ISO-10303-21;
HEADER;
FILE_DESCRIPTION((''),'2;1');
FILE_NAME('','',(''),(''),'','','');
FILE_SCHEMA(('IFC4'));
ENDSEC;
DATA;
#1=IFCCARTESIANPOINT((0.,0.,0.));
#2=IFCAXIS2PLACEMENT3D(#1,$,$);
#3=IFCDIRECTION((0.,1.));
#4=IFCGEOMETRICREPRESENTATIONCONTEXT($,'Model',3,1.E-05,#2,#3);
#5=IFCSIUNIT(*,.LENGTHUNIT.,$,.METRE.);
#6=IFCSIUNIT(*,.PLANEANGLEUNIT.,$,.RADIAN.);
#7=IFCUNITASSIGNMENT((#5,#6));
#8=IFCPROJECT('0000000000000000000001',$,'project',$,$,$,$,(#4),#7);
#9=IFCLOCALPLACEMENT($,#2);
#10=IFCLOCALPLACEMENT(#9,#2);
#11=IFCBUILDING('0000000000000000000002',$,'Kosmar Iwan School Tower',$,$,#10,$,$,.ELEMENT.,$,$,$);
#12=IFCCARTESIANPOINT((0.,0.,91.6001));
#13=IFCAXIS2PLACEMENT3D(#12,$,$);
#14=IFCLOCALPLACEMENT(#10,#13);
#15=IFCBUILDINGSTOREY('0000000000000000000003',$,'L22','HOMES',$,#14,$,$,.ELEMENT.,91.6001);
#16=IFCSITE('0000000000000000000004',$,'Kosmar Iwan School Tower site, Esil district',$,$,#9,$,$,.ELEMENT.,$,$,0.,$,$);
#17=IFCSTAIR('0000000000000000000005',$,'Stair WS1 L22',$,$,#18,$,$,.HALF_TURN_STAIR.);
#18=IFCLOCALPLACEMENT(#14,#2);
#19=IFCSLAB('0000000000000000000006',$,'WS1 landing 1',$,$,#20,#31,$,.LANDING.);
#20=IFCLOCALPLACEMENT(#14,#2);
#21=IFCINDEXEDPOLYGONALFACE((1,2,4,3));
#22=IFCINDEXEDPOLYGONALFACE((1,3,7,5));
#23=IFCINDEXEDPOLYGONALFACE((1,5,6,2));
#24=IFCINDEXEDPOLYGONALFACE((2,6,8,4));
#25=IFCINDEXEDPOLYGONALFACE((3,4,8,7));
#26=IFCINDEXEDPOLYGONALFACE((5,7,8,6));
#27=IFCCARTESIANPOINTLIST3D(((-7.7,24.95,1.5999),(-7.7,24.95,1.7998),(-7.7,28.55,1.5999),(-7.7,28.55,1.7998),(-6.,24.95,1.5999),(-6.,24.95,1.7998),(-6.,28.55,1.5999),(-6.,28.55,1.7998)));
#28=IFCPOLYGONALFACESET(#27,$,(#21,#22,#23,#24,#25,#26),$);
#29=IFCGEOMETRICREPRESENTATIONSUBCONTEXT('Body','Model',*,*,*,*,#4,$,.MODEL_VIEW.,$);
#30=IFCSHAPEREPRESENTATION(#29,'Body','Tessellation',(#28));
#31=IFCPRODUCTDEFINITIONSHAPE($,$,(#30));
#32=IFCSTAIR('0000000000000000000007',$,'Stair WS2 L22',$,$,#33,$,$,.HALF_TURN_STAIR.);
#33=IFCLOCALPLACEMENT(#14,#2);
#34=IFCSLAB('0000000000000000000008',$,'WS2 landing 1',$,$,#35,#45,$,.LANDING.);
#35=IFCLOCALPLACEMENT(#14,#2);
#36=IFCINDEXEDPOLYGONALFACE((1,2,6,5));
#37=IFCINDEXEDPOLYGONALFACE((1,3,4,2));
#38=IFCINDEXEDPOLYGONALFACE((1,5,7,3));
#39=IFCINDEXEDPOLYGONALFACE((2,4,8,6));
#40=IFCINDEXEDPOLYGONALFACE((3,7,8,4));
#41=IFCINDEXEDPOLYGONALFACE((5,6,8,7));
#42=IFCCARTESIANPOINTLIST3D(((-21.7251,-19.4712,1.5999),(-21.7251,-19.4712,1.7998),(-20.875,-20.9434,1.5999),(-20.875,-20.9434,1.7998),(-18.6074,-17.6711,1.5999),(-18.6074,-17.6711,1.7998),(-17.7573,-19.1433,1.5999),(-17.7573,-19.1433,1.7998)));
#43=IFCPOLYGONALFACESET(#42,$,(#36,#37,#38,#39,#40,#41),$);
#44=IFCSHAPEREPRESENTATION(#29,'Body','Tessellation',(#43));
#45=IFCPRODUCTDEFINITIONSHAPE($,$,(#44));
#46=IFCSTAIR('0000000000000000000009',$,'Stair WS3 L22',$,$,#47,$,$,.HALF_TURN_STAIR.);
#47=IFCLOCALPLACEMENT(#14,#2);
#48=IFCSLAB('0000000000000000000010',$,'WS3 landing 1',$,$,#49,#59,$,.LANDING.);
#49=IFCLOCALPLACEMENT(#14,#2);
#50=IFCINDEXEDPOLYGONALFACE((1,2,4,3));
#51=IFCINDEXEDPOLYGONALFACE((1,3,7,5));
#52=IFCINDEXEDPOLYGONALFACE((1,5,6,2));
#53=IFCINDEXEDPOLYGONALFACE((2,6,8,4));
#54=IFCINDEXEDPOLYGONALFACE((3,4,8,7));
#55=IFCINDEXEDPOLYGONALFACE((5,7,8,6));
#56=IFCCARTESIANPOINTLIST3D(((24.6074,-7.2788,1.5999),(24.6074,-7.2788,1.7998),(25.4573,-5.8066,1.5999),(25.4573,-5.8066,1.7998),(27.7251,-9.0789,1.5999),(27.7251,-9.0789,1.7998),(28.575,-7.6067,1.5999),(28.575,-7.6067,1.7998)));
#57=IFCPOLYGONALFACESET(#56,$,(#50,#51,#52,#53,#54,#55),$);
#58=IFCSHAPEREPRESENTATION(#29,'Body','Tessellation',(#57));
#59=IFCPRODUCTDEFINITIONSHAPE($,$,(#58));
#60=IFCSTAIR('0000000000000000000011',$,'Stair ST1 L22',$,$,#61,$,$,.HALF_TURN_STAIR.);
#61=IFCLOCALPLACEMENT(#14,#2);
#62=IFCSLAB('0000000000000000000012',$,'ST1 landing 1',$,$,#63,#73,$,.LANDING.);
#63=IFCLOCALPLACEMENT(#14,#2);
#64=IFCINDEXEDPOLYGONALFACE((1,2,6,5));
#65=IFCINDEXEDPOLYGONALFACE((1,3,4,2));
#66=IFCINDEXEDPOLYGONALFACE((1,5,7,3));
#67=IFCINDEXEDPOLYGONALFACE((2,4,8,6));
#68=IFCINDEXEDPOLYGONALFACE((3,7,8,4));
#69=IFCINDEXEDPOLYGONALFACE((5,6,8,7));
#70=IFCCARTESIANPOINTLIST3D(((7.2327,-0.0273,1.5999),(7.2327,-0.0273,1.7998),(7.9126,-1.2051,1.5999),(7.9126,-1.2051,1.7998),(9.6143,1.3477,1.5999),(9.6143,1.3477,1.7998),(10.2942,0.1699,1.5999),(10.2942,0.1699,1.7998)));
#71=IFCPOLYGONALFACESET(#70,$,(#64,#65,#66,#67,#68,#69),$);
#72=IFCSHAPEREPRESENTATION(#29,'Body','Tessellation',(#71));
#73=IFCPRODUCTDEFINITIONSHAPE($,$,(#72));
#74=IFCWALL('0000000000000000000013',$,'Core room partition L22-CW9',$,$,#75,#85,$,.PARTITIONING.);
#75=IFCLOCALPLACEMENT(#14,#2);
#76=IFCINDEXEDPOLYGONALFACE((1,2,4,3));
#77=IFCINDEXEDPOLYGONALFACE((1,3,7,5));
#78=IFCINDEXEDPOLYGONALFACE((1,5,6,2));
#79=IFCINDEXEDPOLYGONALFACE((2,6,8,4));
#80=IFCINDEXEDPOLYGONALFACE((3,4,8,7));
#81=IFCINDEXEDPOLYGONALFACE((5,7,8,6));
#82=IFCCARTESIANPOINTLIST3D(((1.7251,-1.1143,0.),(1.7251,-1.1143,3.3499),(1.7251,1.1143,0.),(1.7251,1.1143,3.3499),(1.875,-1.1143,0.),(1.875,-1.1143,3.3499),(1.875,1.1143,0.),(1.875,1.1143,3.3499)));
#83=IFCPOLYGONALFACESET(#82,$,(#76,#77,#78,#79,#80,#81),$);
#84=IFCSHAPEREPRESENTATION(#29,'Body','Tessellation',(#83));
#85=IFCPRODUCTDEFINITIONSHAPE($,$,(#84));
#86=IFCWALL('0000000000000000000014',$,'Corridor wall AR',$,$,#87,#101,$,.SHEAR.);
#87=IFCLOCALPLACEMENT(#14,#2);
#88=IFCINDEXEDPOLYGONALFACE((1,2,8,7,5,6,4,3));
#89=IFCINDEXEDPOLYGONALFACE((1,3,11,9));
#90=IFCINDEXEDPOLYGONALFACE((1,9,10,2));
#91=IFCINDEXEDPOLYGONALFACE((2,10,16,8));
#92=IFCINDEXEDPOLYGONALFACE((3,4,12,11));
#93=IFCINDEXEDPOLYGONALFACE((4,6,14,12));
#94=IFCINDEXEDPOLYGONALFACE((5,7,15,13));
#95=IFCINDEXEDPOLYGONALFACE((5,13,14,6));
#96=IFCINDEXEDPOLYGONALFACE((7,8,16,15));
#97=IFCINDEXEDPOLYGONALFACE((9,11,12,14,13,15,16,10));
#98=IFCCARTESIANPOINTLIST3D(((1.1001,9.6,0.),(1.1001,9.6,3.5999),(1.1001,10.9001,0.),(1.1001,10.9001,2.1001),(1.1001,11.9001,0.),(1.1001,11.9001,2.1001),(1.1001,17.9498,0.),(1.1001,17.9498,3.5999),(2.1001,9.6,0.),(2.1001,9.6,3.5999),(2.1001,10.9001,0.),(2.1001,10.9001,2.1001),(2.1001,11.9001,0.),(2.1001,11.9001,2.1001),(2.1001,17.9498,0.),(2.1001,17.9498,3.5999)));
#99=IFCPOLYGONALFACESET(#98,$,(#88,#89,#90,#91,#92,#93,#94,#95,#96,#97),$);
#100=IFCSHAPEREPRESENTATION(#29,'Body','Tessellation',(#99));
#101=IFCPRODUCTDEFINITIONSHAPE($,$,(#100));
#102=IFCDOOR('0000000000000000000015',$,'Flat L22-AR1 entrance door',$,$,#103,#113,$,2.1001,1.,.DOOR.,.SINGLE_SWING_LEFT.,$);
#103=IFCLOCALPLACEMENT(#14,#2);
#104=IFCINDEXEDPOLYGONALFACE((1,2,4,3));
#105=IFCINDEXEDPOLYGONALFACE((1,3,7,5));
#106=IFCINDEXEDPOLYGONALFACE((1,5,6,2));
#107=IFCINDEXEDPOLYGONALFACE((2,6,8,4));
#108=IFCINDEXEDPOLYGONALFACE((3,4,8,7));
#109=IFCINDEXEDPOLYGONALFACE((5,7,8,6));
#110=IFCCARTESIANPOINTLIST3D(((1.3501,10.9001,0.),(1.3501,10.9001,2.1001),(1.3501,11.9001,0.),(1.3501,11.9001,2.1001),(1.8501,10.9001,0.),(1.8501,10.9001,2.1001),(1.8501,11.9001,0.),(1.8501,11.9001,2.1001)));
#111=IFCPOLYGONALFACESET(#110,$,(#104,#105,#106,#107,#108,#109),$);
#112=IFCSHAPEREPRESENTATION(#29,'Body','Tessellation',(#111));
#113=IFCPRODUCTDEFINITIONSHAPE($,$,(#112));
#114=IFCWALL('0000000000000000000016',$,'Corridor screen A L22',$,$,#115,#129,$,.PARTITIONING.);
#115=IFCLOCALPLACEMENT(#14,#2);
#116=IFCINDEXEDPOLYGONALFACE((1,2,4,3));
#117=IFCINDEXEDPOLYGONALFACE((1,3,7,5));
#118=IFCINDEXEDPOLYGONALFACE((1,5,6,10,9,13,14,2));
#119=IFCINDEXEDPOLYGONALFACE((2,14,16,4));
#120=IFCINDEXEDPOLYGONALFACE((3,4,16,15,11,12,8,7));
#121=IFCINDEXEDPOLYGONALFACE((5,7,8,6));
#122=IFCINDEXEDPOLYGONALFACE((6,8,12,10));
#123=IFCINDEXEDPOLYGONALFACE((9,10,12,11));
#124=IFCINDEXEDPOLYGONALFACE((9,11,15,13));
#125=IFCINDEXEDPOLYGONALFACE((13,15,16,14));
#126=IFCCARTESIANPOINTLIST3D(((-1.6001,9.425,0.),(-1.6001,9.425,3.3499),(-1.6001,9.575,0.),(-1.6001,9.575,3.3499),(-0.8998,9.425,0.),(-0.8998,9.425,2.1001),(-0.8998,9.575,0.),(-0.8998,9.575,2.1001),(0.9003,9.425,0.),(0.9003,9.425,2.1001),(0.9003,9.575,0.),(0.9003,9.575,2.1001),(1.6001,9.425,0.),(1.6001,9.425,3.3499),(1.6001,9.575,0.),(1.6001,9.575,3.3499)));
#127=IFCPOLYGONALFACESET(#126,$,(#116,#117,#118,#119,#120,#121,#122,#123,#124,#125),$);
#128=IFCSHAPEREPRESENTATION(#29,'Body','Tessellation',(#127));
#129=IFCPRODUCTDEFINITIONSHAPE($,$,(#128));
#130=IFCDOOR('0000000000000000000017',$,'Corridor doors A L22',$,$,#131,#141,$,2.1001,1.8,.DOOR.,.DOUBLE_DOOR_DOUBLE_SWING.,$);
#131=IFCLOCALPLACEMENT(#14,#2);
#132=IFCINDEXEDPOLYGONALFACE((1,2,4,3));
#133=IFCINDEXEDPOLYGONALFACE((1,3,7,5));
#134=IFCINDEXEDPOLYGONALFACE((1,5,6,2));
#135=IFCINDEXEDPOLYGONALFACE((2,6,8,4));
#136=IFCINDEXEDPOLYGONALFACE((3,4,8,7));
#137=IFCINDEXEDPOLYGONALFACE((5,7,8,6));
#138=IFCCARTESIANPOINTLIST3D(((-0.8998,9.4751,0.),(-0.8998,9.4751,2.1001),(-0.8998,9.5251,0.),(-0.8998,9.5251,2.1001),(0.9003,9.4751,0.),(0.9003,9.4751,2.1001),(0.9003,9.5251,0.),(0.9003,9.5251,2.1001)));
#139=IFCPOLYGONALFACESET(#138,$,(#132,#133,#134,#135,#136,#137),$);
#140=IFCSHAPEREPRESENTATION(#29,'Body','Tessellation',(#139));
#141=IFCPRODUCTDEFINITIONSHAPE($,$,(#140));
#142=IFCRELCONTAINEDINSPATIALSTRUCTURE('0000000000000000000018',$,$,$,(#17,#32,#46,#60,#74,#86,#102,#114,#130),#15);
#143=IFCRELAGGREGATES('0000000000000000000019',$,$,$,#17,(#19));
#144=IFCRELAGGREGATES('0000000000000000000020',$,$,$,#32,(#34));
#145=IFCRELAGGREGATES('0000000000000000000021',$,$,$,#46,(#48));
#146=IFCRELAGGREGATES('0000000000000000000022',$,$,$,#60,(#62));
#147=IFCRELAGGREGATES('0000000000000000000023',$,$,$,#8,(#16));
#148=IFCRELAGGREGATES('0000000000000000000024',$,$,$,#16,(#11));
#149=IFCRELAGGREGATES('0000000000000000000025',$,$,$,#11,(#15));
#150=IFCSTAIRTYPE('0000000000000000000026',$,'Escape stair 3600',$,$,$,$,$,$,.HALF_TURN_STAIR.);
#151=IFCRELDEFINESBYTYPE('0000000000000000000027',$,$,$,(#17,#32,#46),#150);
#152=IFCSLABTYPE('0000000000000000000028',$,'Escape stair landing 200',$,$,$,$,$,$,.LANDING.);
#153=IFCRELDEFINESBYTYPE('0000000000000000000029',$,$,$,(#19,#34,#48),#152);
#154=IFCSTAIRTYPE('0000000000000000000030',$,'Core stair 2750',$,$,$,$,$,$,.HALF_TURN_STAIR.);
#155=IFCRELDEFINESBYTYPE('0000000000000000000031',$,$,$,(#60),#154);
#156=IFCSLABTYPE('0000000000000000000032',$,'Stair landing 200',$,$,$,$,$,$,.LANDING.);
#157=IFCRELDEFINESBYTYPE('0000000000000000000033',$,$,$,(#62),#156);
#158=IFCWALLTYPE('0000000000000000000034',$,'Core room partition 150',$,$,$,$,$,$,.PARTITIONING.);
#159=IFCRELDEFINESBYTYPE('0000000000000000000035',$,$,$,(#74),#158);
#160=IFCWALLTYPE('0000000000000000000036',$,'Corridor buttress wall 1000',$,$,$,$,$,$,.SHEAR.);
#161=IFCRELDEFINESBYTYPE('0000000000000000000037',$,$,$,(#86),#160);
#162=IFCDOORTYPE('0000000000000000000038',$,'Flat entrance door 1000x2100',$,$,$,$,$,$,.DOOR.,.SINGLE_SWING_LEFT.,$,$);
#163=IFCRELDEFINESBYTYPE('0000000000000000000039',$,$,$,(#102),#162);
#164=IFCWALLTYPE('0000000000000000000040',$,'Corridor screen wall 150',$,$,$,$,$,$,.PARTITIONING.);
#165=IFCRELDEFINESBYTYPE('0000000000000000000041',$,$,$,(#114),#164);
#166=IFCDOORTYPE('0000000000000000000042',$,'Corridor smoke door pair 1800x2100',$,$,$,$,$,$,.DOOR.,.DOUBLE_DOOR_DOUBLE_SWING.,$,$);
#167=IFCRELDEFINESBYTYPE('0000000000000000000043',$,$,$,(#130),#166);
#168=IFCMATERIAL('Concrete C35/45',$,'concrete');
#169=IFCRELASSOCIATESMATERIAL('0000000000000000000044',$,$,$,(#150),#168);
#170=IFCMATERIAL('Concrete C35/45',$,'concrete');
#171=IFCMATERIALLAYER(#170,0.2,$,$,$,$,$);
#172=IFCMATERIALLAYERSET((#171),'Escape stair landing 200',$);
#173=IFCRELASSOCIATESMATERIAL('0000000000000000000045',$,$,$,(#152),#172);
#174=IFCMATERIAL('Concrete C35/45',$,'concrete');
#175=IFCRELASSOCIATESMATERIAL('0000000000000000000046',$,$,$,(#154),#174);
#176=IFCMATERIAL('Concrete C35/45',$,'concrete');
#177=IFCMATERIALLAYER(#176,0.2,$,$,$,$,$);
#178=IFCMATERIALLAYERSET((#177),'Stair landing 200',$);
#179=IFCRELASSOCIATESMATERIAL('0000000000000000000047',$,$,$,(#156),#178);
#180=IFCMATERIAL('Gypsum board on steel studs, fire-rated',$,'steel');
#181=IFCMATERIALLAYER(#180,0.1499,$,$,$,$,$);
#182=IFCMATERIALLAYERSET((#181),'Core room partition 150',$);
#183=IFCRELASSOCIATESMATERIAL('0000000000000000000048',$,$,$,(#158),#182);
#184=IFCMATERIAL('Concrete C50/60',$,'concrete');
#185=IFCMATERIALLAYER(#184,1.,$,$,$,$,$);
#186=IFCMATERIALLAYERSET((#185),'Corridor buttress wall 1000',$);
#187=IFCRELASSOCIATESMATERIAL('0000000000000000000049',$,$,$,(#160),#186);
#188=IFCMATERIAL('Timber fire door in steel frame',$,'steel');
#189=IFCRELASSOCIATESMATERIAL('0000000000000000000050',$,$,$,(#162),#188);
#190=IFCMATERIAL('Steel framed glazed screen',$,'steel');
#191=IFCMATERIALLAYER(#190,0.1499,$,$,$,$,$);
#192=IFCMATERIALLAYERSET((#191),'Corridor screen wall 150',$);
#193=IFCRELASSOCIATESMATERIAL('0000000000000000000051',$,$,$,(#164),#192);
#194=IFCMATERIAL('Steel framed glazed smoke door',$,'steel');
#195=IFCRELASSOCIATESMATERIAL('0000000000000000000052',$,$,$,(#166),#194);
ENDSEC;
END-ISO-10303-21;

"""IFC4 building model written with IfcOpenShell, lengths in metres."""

from ifc_helpers import new_model, si_unit, direction, frame, frame_2d, origin, place, context, subcontext, project, spatial, polyline, rectangle, outline, extrude, material, layer, layer_set, type_object, element, fill, aggregate, save


model = new_model("IFC4")

# Units and contexts
model_context = context("Model", 3, precision=1e-05, world=origin(), true_north=direction((0.0, 1.0)))
body_context = subcontext(model_context, "Body", "Model", "MODEL_VIEW")
ifc_project = project(units=[si_unit("LENGTHUNIT", "METRE"), si_unit("PLANEANGLEUNIT", "RADIAN")], contexts=[model_context])

# Site, building, storey
site_placement = place(None, origin())
site = spatial("IfcSite", under=ifc_project, at=site_placement, Name="Kosmar Iwan School Tower site, Esil district", CompositionType="ELEMENT", RefElevation=0.0)
building_placement = place(site_placement, origin())
building = spatial("IfcBuilding", under=site, at=building_placement, Name="Kosmar Iwan School Tower", CompositionType="ELEMENT")
storey_placement = place(building_placement, frame((0.0, 0.0, 91.6001)))
storey = spatial("IfcBuildingStorey", under=building, at=storey_placement, Name="L22", Description="HOMES", CompositionType="ELEMENT", Elevation=91.6001)

# Stairs, slabs
ifc_material_1 = material(Name="Concrete C35/45", Category="concrete")
stair_type_1 = type_object("IfcStairType", Name="Escape stair 3600", PredefinedType="HALF_TURN_STAIR", material=ifc_material_1)
stair_1_placement = place(storey_placement, origin())
stair_1 = element("IfcStair", 1, at=stair_1_placement, inside=storey, type_object=stair_type_1, Name="Stair WS1 L22", PredefinedType="HALF_TURN_STAIR")
ifc_material_2 = material(Name="Concrete C35/45", Category="concrete")
ifc_layer_1 = layer(ifc_material_2, 0.2)
ifc_layer_set_1 = layer_set([ifc_layer_1], Name="Escape stair landing 200")
slab_type_1 = type_object("IfcSlabType", Name="Escape stair landing 200", PredefinedType="LANDING", material=ifc_layer_set_1)
slab_1_placement = place(storey_placement, frame((0.0, 0.0, 1.5999)))
slab_1 = element("IfcSlab", 2, at=slab_1_placement, type_object=slab_type_1, Name="WS1 landing 1", PredefinedType="LANDING", context=body_context, shape_type="SweptSolid", body=[
    extrude(outline(polyline([(-6.0, 24.95), (-6.0, 28.55), (-7.7, 28.55), (-7.7, 24.95), (-6.0, 24.95)])), origin(), (0.0, 0.0, 1.0), 0.2),
])
aggregate(stair_1, [slab_1])
stair_2_placement = place(storey_placement, origin())
stair_2 = element("IfcStair", 3, at=stair_2_placement, inside=storey, type_object=stair_type_1, Name="Stair WS2 L22", PredefinedType="HALF_TURN_STAIR")
slab_2_placement = place(storey_placement, frame((0.0, 0.0, 1.5999)))
slab_2 = element("IfcSlab", 4, at=slab_2_placement, type_object=slab_type_1, Name="WS2 landing 1", PredefinedType="LANDING", context=body_context, shape_type="SweptSolid", body=[
    extrude(outline(polyline([(-18.6074, -17.6711), (-21.7251, -19.4712), (-20.875, -20.9434), (-17.7573, -19.1433), (-18.6074, -17.6711)])), origin(), (0.0, 0.0, 1.0), 0.2),
])
aggregate(stair_2, [slab_2])
stair_3_placement = place(storey_placement, origin())
stair_3 = element("IfcStair", 5, at=stair_3_placement, inside=storey, type_object=stair_type_1, Name="Stair WS3 L22", PredefinedType="HALF_TURN_STAIR")
slab_3_placement = place(storey_placement, frame((0.0, 0.0, 1.5999)))
slab_3 = element("IfcSlab", 6, at=slab_3_placement, type_object=slab_type_1, Name="WS3 landing 1", PredefinedType="LANDING", context=body_context, shape_type="SweptSolid", body=[
    extrude(outline(polyline([(24.6074, -7.2788), (27.7251, -9.0789), (28.575, -7.6067), (25.4573, -5.8066), (24.6074, -7.2788)])), origin(), (0.0, 0.0, 1.0), 0.2),
])
aggregate(stair_3, [slab_3])
ifc_material_3 = material(Name="Concrete C35/45", Category="concrete")
stair_type_2 = type_object("IfcStairType", Name="Core stair 2750", PredefinedType="HALF_TURN_STAIR", material=ifc_material_3)
stair_4_placement = place(storey_placement, origin())
stair_4 = element("IfcStair", 7, at=stair_4_placement, inside=storey, type_object=stair_type_2, Name="Stair ST1 L22", PredefinedType="HALF_TURN_STAIR")
ifc_material_4 = material(Name="Concrete C35/45", Category="concrete")
ifc_layer_2 = layer(ifc_material_4, 0.2)
ifc_layer_set_2 = layer_set([ifc_layer_2], Name="Stair landing 200")
slab_type_2 = type_object("IfcSlabType", Name="Stair landing 200", PredefinedType="LANDING", material=ifc_layer_set_2)
slab_4_placement = place(storey_placement, frame((0.0, 0.0, 1.5999)))
slab_4 = element("IfcSlab", 8, at=slab_4_placement, type_object=slab_type_2, Name="ST1 landing 1", PredefinedType="LANDING", context=body_context, shape_type="SweptSolid", body=[
    extrude(outline(polyline([(7.9126, -1.2051), (10.2942, 0.1699), (9.6143, 1.3477), (7.2327, -0.0273), (7.9126, -1.2051)])), origin(), (0.0, 0.0, 1.0), 0.2),
])
aggregate(stair_4, [slab_4])

# Wall
ifc_material_5 = material(Name="Gypsum board on steel studs, fire-rated", Category="steel")
ifc_layer_3 = layer(ifc_material_5, 0.1499)
ifc_layer_set_3 = layer_set([ifc_layer_3], Name="Core room partition 150")
wall_type_1 = type_object("IfcWallType", Name="Core room partition 150", PredefinedType="PARTITIONING", material=ifc_layer_set_3)
wall_1_placement = place(storey_placement, frame((1.8, 1.1143, 0.0), z_axis=(0.0, 0.0, 1.0), x_axis=(0.0, -1.0, 0.0)))
element("IfcWall", 9, at=wall_1_placement, inside=storey, type_object=wall_type_1, Name="Core room partition L22-CW9", PredefinedType="PARTITIONING", context=body_context, shape_type="SweptSolid", body=[
    extrude(rectangle(XDim=2.2285, YDim=0.1499, at=frame_2d((1.1143, 0.0))), origin(), (0.0, 0.0, 1.0), 3.3499),
])

# Walls, openings, doors
ifc_material_6 = material(Name="Concrete C50/60", Category="concrete")
ifc_layer_4 = layer(ifc_material_6, 1.0)
ifc_layer_set_4 = layer_set([ifc_layer_4], Name="Corridor buttress wall 1000")
wall_type_2 = type_object("IfcWallType", Name="Corridor buttress wall 1000", PredefinedType="SHEAR", material=ifc_layer_set_4)
wall_2_placement = place(storey_placement, frame((1.6001, 9.6001, 0.0), z_axis=(0.0, 0.0, 1.0), x_axis=(0.0, 1.0, 0.0)))
wall_2 = element("IfcWall", 10, at=wall_2_placement, inside=storey, type_object=wall_type_2, Name="Corridor wall AR", PredefinedType="SHEAR", context=body_context, shape_type="SweptSolid", body=[
    extrude(rectangle(XDim=8.3499, YDim=1.0, at=frame_2d((4.1748, 0.0))), origin(), (0.0, 0.0, 1.0), 3.5999),
])
opening_1_placement = place(wall_2_placement, frame((1.3, 0.0, 0.0)))
opening_1 = element("IfcOpeningElement", 11, at=opening_1_placement, cuts=wall_2, PredefinedType="OPENING", context=body_context, shape_type="SweptSolid", body=[
    extrude(rectangle(XDim=1.0, YDim=2.1001, at=frame_2d((0.5, 1.05))), frame((0.0, 0.512, 0.0), z_axis=(0.0, -1.0, 0.0), x_axis=(1.0, 0.0, 0.0)), (0.0, 0.0, 1.0), 1.0239),
])
ifc_material_7 = material(Name="Timber fire door in steel frame", Category="steel")
door_type_1 = type_object("IfcDoorType", Name="Flat entrance door 1000x2100", OperationType="SINGLE_SWING_LEFT", PredefinedType="DOOR", material=ifc_material_7)
door_1_placement = place(opening_1_placement, origin())
door_1 = element("IfcDoor", 12, at=door_1_placement, inside=storey, type_object=door_type_1, Name="Flat L22-AR1 entrance door", OperationType="SINGLE_SWING_LEFT", OverallHeight=2.1001, OverallWidth=1.0, PredefinedType="DOOR", context=body_context, shape_type="SweptSolid", body=[
    extrude(rectangle(XDim=1.0, YDim=2.1001, at=frame_2d((0.5, 1.05))), frame((0.0, 0.25, 0.0), z_axis=(0.0, -1.0, 0.0), x_axis=(1.0, 0.0, 0.0)), (0.0, 0.0, 1.0), 0.5),
])
fill(opening_1, door_1)
ifc_material_8 = material(Name="Steel framed glazed screen", Category="steel")
ifc_layer_5 = layer(ifc_material_8, 0.1499)
ifc_layer_set_5 = layer_set([ifc_layer_5], Name="Corridor screen wall 150")
wall_type_3 = type_object("IfcWallType", Name="Corridor screen wall 150", PredefinedType="PARTITIONING", material=ifc_layer_set_5)
wall_3_placement = place(storey_placement, frame((1.6001, 9.5, 0.0), z_axis=(0.0, 0.0, 1.0), x_axis=(-1.0, 0.0, 0.0)))
wall_3 = element("IfcWall", 13, at=wall_3_placement, inside=storey, type_object=wall_type_3, Name="Corridor screen A L22", PredefinedType="PARTITIONING", context=body_context, shape_type="SweptSolid", body=[
    extrude(rectangle(XDim=3.2002, YDim=0.1499, at=frame_2d((1.6001, 0.0))), origin(), (0.0, 0.0, 1.0), 3.3499),
])
opening_2_placement = place(wall_3_placement, frame((0.7, 0.0, 0.0)))
opening_2 = element("IfcOpeningElement", 14, at=opening_2_placement, cuts=wall_3, PredefinedType="OPENING", context=body_context, shape_type="SweptSolid", body=[
    extrude(rectangle(XDim=1.8, YDim=2.1001, at=frame_2d((0.8999, 1.05))), frame((0.0, 0.0869, 0.0), z_axis=(0.0, -1.0, 0.0), x_axis=(1.0, 0.0, 0.0)), (0.0, 0.0, 1.0), 0.1738),
])
ifc_material_9 = material(Name="Steel framed glazed smoke door", Category="steel")
door_type_2 = type_object("IfcDoorType", Name="Corridor smoke door pair 1800x2100", OperationType="DOUBLE_DOOR_DOUBLE_SWING", PredefinedType="DOOR", material=ifc_material_9)
door_2_placement = place(opening_2_placement, origin())
door_2 = element("IfcDoor", 15, at=door_2_placement, inside=storey, type_object=door_type_2, Name="Corridor doors A L22", OperationType="DOUBLE_DOOR_DOUBLE_SWING", OverallHeight=2.1001, OverallWidth=1.8, PredefinedType="DOOR", context=body_context, shape_type="SweptSolid", body=[
    extrude(rectangle(XDim=1.8, YDim=2.1001, at=frame_2d((0.8999, 1.05))), frame((0.0, 0.0249, 0.0), z_axis=(0.0, -1.0, 0.0), x_axis=(1.0, 0.0, 0.0)), (0.0, 0.0, 1.0), 0.05),
])
fill(opening_2, door_2)

save(model, "model.ifc")
